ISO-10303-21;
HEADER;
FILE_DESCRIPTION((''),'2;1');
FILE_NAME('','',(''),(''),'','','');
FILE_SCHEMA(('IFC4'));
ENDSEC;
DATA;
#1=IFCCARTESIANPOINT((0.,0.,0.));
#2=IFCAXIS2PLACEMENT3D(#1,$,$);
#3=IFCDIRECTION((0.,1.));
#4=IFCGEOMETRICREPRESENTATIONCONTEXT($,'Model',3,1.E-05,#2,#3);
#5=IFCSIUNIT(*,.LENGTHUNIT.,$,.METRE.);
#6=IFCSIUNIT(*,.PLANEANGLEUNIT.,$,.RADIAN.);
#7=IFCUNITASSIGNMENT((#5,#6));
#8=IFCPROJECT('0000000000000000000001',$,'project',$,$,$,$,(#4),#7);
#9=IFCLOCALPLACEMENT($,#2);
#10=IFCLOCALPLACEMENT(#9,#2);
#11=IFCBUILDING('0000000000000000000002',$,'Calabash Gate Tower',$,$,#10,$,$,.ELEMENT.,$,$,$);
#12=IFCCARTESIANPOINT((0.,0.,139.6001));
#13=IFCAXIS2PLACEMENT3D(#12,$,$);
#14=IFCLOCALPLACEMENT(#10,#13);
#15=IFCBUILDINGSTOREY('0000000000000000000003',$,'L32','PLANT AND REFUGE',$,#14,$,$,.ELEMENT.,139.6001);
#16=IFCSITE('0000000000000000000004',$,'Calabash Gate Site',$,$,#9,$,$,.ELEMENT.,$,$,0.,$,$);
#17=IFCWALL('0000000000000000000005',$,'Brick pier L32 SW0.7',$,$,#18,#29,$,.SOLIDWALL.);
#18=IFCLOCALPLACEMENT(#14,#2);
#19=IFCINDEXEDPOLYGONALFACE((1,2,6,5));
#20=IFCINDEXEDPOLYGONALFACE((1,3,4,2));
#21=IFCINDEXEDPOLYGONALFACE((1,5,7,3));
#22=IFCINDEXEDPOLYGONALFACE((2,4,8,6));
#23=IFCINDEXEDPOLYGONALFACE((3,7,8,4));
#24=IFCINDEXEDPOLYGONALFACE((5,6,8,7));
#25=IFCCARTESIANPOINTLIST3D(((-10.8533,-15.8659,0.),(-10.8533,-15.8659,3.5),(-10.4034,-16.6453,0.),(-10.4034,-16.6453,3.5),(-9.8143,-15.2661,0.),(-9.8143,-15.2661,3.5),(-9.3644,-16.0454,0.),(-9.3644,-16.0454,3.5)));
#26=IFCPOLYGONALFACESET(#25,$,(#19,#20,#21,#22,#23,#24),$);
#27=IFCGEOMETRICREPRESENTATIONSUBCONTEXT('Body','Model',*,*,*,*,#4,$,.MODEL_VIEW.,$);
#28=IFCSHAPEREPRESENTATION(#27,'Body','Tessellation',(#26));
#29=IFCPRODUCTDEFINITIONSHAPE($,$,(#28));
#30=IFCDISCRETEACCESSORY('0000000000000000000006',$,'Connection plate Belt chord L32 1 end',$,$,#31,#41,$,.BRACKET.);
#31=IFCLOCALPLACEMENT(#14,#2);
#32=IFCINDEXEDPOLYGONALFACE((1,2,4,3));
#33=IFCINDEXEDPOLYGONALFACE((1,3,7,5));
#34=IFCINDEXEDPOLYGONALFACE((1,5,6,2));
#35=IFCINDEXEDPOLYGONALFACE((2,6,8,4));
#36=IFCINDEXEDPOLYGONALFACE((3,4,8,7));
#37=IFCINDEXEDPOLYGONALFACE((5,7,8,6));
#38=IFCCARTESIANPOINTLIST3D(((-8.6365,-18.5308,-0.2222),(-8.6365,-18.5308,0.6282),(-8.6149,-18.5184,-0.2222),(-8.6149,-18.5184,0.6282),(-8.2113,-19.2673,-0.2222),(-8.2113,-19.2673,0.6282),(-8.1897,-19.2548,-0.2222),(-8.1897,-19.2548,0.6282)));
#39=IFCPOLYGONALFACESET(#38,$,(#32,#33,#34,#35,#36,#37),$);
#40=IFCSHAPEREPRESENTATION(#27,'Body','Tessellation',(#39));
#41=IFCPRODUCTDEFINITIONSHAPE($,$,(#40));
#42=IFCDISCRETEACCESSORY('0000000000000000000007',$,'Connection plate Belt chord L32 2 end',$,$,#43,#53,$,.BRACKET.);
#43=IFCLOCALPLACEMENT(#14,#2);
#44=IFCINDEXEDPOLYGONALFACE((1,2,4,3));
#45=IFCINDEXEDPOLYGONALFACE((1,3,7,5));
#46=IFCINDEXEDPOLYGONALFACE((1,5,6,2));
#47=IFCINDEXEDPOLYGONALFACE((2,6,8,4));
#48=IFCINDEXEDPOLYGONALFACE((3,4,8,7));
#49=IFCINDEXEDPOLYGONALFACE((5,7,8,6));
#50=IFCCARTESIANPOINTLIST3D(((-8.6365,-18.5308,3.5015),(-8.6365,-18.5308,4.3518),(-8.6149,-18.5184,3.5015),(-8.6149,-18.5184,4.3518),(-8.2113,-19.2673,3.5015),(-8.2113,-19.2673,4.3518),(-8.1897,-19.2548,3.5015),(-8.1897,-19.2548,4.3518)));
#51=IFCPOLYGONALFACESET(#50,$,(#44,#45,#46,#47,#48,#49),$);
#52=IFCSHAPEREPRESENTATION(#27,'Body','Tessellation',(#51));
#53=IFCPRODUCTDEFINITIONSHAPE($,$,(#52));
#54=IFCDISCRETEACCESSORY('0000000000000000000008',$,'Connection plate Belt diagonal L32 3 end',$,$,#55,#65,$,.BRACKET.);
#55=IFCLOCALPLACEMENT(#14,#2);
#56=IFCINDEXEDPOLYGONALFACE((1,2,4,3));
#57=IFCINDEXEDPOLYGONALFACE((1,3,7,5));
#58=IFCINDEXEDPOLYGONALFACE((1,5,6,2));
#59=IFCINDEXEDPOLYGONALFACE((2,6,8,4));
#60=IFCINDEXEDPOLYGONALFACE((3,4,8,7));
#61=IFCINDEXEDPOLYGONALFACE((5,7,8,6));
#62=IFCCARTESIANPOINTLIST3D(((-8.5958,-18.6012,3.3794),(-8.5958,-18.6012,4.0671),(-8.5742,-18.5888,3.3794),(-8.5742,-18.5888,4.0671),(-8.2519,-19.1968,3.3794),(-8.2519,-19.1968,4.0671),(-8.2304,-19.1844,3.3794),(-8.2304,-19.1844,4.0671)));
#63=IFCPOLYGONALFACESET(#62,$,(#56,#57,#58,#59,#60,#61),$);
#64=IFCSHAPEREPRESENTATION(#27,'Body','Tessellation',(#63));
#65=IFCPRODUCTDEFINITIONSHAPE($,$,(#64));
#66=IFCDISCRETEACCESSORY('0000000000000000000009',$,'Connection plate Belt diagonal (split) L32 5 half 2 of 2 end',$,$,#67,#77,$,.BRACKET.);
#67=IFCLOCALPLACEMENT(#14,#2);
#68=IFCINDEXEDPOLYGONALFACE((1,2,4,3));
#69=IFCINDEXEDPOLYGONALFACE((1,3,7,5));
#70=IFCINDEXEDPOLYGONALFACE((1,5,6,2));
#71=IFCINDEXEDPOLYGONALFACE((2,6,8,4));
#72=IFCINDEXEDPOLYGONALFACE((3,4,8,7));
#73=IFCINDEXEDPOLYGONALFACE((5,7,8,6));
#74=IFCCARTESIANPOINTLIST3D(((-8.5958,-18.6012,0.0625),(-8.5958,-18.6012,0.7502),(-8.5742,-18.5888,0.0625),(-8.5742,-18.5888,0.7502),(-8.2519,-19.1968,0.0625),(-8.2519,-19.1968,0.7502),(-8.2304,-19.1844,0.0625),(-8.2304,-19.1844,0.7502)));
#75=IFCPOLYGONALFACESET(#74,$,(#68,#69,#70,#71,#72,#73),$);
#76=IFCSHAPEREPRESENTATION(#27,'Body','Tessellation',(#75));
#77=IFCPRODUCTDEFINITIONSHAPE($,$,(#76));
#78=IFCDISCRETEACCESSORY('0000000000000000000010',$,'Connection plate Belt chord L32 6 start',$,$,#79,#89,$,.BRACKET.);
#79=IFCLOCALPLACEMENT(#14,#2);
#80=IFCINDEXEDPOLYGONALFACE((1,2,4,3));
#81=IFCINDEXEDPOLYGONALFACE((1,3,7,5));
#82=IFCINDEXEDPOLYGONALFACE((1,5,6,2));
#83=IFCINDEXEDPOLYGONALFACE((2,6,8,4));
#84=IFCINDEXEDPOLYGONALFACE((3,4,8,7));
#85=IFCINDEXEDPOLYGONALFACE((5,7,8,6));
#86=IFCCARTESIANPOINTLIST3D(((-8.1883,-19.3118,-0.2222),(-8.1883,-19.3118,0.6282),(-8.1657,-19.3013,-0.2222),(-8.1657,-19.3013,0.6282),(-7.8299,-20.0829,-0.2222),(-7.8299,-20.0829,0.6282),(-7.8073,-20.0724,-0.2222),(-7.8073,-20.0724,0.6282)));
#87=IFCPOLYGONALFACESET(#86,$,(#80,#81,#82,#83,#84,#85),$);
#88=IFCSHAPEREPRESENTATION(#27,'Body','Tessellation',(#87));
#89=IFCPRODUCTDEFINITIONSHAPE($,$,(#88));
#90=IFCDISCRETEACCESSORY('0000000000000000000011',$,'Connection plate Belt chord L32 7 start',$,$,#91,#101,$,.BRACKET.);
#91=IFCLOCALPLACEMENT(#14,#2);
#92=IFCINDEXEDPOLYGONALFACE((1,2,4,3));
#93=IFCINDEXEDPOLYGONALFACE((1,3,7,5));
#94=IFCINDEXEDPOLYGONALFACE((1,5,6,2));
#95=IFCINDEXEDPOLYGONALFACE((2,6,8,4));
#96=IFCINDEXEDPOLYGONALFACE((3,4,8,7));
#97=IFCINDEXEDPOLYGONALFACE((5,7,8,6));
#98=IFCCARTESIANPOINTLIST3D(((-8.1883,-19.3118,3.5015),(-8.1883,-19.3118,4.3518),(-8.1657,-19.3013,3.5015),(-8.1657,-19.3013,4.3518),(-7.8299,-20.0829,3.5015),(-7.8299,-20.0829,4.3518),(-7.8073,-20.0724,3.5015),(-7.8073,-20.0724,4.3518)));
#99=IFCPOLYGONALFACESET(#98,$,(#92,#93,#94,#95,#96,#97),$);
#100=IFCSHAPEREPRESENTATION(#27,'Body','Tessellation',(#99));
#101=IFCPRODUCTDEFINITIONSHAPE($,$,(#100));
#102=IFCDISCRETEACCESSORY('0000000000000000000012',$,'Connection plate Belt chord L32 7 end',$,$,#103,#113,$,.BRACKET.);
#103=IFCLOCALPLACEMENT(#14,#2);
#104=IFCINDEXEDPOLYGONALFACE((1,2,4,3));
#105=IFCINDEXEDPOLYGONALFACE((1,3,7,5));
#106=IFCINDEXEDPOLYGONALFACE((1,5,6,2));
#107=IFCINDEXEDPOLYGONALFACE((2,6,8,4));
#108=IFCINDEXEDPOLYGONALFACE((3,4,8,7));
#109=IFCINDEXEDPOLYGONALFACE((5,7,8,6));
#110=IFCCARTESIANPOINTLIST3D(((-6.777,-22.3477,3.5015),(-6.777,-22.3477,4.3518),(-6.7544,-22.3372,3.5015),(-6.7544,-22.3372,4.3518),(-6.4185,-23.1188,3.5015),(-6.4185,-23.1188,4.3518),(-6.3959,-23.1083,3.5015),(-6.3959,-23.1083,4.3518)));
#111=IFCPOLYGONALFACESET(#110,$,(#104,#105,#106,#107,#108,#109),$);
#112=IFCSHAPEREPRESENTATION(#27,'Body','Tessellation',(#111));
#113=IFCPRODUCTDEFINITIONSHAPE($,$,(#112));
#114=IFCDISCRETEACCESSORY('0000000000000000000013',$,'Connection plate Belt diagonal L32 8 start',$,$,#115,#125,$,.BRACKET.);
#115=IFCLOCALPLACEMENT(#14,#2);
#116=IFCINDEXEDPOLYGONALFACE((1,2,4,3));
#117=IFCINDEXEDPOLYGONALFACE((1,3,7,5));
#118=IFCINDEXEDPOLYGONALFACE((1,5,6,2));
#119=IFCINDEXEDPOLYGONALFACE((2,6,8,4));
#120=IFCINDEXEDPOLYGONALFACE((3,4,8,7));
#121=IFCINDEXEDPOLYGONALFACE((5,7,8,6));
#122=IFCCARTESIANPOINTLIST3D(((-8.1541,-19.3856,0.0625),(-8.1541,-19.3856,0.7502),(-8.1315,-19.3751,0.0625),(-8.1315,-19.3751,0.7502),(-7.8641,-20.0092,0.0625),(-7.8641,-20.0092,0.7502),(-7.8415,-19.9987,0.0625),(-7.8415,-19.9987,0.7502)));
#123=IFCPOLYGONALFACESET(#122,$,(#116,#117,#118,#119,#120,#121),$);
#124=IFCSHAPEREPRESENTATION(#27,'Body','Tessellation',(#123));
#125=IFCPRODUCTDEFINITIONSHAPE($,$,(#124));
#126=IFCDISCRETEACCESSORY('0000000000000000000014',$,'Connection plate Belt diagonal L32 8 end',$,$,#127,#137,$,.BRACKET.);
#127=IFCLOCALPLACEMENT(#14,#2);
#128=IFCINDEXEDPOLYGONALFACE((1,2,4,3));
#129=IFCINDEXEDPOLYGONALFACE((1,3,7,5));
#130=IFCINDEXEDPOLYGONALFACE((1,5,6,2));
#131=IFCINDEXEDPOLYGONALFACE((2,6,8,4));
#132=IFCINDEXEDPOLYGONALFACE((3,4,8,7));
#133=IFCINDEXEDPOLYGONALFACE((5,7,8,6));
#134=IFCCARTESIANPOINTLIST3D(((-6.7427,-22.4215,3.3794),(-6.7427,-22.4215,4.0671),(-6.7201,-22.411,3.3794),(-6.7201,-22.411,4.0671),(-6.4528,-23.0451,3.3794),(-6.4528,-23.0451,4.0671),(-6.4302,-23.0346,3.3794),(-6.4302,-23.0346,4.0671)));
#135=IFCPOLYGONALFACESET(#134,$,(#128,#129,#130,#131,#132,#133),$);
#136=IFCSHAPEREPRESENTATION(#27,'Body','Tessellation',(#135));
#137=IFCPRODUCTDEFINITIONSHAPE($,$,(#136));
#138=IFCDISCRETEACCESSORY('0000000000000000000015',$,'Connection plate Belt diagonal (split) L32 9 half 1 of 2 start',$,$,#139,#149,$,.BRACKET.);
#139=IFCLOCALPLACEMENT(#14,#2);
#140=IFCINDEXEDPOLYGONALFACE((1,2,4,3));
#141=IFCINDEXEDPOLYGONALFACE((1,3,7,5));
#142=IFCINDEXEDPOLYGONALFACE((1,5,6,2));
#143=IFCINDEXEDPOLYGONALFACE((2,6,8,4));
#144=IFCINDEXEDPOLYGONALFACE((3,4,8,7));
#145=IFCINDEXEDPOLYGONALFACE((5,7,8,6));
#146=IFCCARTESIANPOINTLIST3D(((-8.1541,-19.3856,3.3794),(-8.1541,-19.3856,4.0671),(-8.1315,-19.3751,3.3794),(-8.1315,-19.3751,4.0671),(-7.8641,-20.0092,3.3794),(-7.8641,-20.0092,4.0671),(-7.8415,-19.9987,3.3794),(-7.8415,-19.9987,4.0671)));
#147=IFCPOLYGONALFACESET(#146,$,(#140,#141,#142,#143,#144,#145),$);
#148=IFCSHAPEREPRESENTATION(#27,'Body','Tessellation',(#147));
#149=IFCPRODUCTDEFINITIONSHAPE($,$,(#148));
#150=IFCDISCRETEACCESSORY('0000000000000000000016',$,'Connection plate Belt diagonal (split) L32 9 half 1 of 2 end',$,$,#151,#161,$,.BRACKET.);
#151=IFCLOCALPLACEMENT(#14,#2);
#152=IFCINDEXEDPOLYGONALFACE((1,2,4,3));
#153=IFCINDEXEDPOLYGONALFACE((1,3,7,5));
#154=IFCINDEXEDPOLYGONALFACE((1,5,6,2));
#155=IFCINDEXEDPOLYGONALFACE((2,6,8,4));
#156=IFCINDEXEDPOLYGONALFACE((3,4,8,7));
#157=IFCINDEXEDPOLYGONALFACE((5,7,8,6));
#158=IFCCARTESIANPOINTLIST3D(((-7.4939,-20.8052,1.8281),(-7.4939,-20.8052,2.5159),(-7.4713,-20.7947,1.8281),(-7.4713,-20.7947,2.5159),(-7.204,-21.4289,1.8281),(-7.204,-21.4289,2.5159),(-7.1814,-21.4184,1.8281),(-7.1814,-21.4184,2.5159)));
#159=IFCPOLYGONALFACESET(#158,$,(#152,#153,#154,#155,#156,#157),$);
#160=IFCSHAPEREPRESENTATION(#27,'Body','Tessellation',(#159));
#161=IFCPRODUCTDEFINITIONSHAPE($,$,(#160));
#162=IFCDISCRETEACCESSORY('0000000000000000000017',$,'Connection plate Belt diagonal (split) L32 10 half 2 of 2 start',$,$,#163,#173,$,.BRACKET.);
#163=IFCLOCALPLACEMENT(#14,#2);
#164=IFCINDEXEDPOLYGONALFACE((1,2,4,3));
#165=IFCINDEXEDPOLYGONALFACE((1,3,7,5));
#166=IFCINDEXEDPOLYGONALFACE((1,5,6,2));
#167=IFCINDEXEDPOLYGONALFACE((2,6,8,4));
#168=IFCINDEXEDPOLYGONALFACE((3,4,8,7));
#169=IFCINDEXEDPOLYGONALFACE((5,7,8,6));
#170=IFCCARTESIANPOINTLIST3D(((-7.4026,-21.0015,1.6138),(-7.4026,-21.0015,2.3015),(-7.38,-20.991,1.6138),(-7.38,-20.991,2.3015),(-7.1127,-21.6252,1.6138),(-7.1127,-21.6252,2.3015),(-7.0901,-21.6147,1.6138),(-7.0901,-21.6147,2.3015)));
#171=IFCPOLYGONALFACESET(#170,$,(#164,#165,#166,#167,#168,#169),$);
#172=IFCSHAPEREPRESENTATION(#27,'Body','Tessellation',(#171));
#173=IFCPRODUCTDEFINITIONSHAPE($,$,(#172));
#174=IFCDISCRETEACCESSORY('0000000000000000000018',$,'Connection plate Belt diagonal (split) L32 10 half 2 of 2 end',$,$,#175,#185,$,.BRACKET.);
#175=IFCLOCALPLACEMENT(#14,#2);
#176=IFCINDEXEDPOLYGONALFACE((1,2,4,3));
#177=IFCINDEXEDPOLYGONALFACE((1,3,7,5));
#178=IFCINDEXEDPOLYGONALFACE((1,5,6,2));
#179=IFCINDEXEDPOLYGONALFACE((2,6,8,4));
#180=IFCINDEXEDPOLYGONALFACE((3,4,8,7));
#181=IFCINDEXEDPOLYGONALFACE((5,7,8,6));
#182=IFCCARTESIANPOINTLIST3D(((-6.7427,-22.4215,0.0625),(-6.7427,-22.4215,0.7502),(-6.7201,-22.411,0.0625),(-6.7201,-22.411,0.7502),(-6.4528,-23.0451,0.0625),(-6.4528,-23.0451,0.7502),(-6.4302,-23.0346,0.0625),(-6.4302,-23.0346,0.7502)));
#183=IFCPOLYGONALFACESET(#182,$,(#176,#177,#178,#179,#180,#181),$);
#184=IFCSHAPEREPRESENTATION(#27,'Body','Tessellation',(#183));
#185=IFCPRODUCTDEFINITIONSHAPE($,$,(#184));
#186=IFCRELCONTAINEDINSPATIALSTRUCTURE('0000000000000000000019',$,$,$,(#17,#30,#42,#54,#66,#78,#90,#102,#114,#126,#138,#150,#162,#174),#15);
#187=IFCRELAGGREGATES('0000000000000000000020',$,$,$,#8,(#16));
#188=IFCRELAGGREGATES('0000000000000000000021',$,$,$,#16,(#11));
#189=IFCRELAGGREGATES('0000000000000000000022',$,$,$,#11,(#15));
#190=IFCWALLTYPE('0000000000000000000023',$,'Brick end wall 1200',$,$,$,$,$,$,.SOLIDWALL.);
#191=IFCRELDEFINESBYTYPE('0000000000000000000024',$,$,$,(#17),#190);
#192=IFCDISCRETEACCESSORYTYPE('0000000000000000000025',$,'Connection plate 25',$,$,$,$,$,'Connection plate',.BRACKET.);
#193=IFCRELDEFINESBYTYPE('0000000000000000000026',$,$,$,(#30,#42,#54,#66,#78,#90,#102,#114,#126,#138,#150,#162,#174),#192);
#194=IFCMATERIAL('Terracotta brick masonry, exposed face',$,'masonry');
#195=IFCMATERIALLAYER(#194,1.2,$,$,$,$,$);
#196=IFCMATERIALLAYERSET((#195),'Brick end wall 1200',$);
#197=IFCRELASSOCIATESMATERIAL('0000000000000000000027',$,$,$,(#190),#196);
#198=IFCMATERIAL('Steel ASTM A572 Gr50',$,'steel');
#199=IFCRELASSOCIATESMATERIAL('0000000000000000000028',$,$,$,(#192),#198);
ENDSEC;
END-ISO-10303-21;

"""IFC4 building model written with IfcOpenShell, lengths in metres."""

from ifc_helpers import new_model, si_unit, direction, frame, frame_2d, origin, origin_2d, place, context, subcontext, project, spatial, rectangle, extrude, material, layer, layer_set, type_object, element, save


model = new_model("IFC4")

# Units and contexts
model_context = context("Model", 3, precision=1e-05, world=origin(), true_north=direction((0.0, 1.0)))
body_context = subcontext(model_context, "Body", "Model", "MODEL_VIEW")
ifc_project = project(units=[si_unit("LENGTHUNIT", "METRE"), si_unit("PLANEANGLEUNIT", "RADIAN")], contexts=[model_context])

# Site, building, storey
site_placement = place(None, origin())
site = spatial("IfcSite", under=ifc_project, at=site_placement, Name="Calabash Gate Site", CompositionType="ELEMENT", RefElevation=0.0)
building_placement = place(site_placement, origin())
building = spatial("IfcBuilding", under=site, at=building_placement, Name="Calabash Gate Tower", CompositionType="ELEMENT")
storey_placement = place(building_placement, frame((0.0, 0.0, 139.6001)))
storey = spatial("IfcBuildingStorey", under=building, at=storey_placement, Name="L32", Description="PLANT AND REFUGE", CompositionType="ELEMENT", Elevation=139.6001)

# Wall
ifc_material_1 = material(Name="Terracotta brick masonry, exposed face", Category="masonry")
ifc_layer = layer(ifc_material_1, 1.2)
ifc_layer_set = layer_set([ifc_layer], Name="Brick end wall 1200")
wall_type = type_object("IfcWallType", Name="Brick end wall 1200", PredefinedType="SOLIDWALL", material=ifc_layer_set)
wall_placement = place(storey_placement, frame((-9.5894, -15.6558, 0.0), z_axis=(0.0, 0.0, 1.0), x_axis=(-0.866043, -0.499969, 0.0)))
element("IfcWall", 1, at=wall_placement, inside=storey, type_object=wall_type, Name="Brick pier L32 SW0.7", PredefinedType="SOLIDWALL", context=body_context, shape_type="SweptSolid", body=[
    extrude(rectangle(XDim=1.1997, YDim=0.8999, at=frame_2d((0.5999, 0.0))), origin(), (0.0, 0.0, 1.0), 3.5),
])

# Discrete accessories
ifc_material_2 = material(Name="Steel ASTM A572 Gr50", Category="steel")
discrete_accessory_type = type_object("IfcDiscreteAccessoryType", Name="Connection plate 25", ElementType="Connection plate", PredefinedType="BRACKET", material=ifc_material_2)
for number, where, z_axis, x_axis, name in (
    (2, (-8.4131, -18.8928, -0.2222), (0.0, 0.0, 1.0), (0.5, -0.866025, 0.0), "Connection plate Belt chord L32 1 end"),
    (3, (-8.4131, -18.8928, 3.5015), (0.0, 0.0, 1.0), (0.5, -0.866025, 0.0), "Connection plate Belt chord L32 2 end"),
):
    element("IfcDiscreteAccessory", number, at=place(storey_placement, frame(where, z_axis=z_axis, x_axis=x_axis)), inside=storey, type_object=discrete_accessory_type, Name=name, PredefinedType="BRACKET", context=body_context, shape_type="SweptSolid", body=[
        extrude(rectangle(XDim=0.8503, YDim=0.0249, at=origin_2d()), origin(), (0.0, 0.0, 1.0), 0.8503),
    ])
for number, where, z_axis, x_axis, name in (
    (4, (-8.4131, -18.8928, 3.3794), (0.0, 0.0, 1.0), (0.5, -0.866025, 0.0), "Connection plate Belt diagonal L32 3 end"),
    (5, (-8.4131, -18.8928, 0.0625), (0.0, 0.0, 1.0), (0.5, -0.866025, 0.0), "Connection plate Belt diagonal (split) L32 5 half 2 of 2 end"),
):
    element("IfcDiscreteAccessory", number, at=place(storey_placement, frame(where, z_axis=z_axis, x_axis=x_axis)), inside=storey, type_object=discrete_accessory_type, Name=name, PredefinedType="BRACKET", context=body_context, shape_type="SweptSolid", body=[
        extrude(rectangle(XDim=0.6877, YDim=0.0249, at=origin_2d()), origin(), (0.0, 0.0, 1.0), 0.6877),
    ])
for number, where, z_axis, x_axis, name in (
    (6, (-7.9978, -19.6921, -0.2222), (0.0, 0.0, 1.0), (0.421566, -0.906798, 0.0), "Connection plate Belt chord L32 6 start"),
    (7, (-7.9978, -19.6921, 3.5015), (0.0, 0.0, 1.0), (0.421566, -0.906798, 0.0), "Connection plate Belt chord L32 7 start"),
    (8, (-6.5864, -22.728, 3.5015), (0.0, 0.0, 1.0), (0.421566, -0.906798, 0.0), "Connection plate Belt chord L32 7 end"),
):
    element("IfcDiscreteAccessory", number, at=place(storey_placement, frame(where, z_axis=z_axis, x_axis=x_axis)), inside=storey, type_object=discrete_accessory_type, Name=name, PredefinedType="BRACKET", context=body_context, shape_type="SweptSolid", body=[
        extrude(rectangle(XDim=0.8503, YDim=0.0249, at=origin_2d()), origin(), (0.0, 0.0, 1.0), 0.8503),
    ])
for number, where, z_axis, x_axis, name in (
    (9, (-7.9978, -19.6921, 0.0625), (0.0, 0.0, 1.0), (0.421566, -0.906798, 0.0), "Connection plate Belt diagonal L32 8 start"),
    (10, (-6.5864, -22.728, 3.3794), (0.0, 0.0, 1.0), (0.421566, -0.906798, 0.0), "Connection plate Belt diagonal L32 8 end"),
    (11, (-7.9978, -19.6921, 3.3794), (0.0, 0.0, 1.0), (0.421566, -0.906798, 0.0), "Connection plate Belt diagonal (split) L32 9 half 1 of 2 start"),
    (12, (-7.3376, -21.1118, 1.8281), (0.0, 0.0, 1.0), (0.421566, -0.906798, 0.0), "Connection plate Belt diagonal (split) L32 9 half 1 of 2 end"),
    (13, (-7.2463, -21.3081, 1.6138), (0.0, 0.0, 1.0), (0.421566, -0.906798, 0.0), "Connection plate Belt diagonal (split) L32 10 half 2 of 2 start"),
    (14, (-6.5864, -22.728, 0.0625), (0.0, 0.0, 1.0), (0.421566, -0.906798, 0.0), "Connection plate Belt diagonal (split) L32 10 half 2 of 2 end"),
):
    element("IfcDiscreteAccessory", number, at=place(storey_placement, frame(where, z_axis=z_axis, x_axis=x_axis)), inside=storey, type_object=discrete_accessory_type, Name=name, PredefinedType="BRACKET", context=body_context, shape_type="SweptSolid", body=[
        extrude(rectangle(XDim=0.6877, YDim=0.0249, at=origin_2d()), origin(), (0.0, 0.0, 1.0), 0.6877),
    ])

save(model, "model.ifc")
